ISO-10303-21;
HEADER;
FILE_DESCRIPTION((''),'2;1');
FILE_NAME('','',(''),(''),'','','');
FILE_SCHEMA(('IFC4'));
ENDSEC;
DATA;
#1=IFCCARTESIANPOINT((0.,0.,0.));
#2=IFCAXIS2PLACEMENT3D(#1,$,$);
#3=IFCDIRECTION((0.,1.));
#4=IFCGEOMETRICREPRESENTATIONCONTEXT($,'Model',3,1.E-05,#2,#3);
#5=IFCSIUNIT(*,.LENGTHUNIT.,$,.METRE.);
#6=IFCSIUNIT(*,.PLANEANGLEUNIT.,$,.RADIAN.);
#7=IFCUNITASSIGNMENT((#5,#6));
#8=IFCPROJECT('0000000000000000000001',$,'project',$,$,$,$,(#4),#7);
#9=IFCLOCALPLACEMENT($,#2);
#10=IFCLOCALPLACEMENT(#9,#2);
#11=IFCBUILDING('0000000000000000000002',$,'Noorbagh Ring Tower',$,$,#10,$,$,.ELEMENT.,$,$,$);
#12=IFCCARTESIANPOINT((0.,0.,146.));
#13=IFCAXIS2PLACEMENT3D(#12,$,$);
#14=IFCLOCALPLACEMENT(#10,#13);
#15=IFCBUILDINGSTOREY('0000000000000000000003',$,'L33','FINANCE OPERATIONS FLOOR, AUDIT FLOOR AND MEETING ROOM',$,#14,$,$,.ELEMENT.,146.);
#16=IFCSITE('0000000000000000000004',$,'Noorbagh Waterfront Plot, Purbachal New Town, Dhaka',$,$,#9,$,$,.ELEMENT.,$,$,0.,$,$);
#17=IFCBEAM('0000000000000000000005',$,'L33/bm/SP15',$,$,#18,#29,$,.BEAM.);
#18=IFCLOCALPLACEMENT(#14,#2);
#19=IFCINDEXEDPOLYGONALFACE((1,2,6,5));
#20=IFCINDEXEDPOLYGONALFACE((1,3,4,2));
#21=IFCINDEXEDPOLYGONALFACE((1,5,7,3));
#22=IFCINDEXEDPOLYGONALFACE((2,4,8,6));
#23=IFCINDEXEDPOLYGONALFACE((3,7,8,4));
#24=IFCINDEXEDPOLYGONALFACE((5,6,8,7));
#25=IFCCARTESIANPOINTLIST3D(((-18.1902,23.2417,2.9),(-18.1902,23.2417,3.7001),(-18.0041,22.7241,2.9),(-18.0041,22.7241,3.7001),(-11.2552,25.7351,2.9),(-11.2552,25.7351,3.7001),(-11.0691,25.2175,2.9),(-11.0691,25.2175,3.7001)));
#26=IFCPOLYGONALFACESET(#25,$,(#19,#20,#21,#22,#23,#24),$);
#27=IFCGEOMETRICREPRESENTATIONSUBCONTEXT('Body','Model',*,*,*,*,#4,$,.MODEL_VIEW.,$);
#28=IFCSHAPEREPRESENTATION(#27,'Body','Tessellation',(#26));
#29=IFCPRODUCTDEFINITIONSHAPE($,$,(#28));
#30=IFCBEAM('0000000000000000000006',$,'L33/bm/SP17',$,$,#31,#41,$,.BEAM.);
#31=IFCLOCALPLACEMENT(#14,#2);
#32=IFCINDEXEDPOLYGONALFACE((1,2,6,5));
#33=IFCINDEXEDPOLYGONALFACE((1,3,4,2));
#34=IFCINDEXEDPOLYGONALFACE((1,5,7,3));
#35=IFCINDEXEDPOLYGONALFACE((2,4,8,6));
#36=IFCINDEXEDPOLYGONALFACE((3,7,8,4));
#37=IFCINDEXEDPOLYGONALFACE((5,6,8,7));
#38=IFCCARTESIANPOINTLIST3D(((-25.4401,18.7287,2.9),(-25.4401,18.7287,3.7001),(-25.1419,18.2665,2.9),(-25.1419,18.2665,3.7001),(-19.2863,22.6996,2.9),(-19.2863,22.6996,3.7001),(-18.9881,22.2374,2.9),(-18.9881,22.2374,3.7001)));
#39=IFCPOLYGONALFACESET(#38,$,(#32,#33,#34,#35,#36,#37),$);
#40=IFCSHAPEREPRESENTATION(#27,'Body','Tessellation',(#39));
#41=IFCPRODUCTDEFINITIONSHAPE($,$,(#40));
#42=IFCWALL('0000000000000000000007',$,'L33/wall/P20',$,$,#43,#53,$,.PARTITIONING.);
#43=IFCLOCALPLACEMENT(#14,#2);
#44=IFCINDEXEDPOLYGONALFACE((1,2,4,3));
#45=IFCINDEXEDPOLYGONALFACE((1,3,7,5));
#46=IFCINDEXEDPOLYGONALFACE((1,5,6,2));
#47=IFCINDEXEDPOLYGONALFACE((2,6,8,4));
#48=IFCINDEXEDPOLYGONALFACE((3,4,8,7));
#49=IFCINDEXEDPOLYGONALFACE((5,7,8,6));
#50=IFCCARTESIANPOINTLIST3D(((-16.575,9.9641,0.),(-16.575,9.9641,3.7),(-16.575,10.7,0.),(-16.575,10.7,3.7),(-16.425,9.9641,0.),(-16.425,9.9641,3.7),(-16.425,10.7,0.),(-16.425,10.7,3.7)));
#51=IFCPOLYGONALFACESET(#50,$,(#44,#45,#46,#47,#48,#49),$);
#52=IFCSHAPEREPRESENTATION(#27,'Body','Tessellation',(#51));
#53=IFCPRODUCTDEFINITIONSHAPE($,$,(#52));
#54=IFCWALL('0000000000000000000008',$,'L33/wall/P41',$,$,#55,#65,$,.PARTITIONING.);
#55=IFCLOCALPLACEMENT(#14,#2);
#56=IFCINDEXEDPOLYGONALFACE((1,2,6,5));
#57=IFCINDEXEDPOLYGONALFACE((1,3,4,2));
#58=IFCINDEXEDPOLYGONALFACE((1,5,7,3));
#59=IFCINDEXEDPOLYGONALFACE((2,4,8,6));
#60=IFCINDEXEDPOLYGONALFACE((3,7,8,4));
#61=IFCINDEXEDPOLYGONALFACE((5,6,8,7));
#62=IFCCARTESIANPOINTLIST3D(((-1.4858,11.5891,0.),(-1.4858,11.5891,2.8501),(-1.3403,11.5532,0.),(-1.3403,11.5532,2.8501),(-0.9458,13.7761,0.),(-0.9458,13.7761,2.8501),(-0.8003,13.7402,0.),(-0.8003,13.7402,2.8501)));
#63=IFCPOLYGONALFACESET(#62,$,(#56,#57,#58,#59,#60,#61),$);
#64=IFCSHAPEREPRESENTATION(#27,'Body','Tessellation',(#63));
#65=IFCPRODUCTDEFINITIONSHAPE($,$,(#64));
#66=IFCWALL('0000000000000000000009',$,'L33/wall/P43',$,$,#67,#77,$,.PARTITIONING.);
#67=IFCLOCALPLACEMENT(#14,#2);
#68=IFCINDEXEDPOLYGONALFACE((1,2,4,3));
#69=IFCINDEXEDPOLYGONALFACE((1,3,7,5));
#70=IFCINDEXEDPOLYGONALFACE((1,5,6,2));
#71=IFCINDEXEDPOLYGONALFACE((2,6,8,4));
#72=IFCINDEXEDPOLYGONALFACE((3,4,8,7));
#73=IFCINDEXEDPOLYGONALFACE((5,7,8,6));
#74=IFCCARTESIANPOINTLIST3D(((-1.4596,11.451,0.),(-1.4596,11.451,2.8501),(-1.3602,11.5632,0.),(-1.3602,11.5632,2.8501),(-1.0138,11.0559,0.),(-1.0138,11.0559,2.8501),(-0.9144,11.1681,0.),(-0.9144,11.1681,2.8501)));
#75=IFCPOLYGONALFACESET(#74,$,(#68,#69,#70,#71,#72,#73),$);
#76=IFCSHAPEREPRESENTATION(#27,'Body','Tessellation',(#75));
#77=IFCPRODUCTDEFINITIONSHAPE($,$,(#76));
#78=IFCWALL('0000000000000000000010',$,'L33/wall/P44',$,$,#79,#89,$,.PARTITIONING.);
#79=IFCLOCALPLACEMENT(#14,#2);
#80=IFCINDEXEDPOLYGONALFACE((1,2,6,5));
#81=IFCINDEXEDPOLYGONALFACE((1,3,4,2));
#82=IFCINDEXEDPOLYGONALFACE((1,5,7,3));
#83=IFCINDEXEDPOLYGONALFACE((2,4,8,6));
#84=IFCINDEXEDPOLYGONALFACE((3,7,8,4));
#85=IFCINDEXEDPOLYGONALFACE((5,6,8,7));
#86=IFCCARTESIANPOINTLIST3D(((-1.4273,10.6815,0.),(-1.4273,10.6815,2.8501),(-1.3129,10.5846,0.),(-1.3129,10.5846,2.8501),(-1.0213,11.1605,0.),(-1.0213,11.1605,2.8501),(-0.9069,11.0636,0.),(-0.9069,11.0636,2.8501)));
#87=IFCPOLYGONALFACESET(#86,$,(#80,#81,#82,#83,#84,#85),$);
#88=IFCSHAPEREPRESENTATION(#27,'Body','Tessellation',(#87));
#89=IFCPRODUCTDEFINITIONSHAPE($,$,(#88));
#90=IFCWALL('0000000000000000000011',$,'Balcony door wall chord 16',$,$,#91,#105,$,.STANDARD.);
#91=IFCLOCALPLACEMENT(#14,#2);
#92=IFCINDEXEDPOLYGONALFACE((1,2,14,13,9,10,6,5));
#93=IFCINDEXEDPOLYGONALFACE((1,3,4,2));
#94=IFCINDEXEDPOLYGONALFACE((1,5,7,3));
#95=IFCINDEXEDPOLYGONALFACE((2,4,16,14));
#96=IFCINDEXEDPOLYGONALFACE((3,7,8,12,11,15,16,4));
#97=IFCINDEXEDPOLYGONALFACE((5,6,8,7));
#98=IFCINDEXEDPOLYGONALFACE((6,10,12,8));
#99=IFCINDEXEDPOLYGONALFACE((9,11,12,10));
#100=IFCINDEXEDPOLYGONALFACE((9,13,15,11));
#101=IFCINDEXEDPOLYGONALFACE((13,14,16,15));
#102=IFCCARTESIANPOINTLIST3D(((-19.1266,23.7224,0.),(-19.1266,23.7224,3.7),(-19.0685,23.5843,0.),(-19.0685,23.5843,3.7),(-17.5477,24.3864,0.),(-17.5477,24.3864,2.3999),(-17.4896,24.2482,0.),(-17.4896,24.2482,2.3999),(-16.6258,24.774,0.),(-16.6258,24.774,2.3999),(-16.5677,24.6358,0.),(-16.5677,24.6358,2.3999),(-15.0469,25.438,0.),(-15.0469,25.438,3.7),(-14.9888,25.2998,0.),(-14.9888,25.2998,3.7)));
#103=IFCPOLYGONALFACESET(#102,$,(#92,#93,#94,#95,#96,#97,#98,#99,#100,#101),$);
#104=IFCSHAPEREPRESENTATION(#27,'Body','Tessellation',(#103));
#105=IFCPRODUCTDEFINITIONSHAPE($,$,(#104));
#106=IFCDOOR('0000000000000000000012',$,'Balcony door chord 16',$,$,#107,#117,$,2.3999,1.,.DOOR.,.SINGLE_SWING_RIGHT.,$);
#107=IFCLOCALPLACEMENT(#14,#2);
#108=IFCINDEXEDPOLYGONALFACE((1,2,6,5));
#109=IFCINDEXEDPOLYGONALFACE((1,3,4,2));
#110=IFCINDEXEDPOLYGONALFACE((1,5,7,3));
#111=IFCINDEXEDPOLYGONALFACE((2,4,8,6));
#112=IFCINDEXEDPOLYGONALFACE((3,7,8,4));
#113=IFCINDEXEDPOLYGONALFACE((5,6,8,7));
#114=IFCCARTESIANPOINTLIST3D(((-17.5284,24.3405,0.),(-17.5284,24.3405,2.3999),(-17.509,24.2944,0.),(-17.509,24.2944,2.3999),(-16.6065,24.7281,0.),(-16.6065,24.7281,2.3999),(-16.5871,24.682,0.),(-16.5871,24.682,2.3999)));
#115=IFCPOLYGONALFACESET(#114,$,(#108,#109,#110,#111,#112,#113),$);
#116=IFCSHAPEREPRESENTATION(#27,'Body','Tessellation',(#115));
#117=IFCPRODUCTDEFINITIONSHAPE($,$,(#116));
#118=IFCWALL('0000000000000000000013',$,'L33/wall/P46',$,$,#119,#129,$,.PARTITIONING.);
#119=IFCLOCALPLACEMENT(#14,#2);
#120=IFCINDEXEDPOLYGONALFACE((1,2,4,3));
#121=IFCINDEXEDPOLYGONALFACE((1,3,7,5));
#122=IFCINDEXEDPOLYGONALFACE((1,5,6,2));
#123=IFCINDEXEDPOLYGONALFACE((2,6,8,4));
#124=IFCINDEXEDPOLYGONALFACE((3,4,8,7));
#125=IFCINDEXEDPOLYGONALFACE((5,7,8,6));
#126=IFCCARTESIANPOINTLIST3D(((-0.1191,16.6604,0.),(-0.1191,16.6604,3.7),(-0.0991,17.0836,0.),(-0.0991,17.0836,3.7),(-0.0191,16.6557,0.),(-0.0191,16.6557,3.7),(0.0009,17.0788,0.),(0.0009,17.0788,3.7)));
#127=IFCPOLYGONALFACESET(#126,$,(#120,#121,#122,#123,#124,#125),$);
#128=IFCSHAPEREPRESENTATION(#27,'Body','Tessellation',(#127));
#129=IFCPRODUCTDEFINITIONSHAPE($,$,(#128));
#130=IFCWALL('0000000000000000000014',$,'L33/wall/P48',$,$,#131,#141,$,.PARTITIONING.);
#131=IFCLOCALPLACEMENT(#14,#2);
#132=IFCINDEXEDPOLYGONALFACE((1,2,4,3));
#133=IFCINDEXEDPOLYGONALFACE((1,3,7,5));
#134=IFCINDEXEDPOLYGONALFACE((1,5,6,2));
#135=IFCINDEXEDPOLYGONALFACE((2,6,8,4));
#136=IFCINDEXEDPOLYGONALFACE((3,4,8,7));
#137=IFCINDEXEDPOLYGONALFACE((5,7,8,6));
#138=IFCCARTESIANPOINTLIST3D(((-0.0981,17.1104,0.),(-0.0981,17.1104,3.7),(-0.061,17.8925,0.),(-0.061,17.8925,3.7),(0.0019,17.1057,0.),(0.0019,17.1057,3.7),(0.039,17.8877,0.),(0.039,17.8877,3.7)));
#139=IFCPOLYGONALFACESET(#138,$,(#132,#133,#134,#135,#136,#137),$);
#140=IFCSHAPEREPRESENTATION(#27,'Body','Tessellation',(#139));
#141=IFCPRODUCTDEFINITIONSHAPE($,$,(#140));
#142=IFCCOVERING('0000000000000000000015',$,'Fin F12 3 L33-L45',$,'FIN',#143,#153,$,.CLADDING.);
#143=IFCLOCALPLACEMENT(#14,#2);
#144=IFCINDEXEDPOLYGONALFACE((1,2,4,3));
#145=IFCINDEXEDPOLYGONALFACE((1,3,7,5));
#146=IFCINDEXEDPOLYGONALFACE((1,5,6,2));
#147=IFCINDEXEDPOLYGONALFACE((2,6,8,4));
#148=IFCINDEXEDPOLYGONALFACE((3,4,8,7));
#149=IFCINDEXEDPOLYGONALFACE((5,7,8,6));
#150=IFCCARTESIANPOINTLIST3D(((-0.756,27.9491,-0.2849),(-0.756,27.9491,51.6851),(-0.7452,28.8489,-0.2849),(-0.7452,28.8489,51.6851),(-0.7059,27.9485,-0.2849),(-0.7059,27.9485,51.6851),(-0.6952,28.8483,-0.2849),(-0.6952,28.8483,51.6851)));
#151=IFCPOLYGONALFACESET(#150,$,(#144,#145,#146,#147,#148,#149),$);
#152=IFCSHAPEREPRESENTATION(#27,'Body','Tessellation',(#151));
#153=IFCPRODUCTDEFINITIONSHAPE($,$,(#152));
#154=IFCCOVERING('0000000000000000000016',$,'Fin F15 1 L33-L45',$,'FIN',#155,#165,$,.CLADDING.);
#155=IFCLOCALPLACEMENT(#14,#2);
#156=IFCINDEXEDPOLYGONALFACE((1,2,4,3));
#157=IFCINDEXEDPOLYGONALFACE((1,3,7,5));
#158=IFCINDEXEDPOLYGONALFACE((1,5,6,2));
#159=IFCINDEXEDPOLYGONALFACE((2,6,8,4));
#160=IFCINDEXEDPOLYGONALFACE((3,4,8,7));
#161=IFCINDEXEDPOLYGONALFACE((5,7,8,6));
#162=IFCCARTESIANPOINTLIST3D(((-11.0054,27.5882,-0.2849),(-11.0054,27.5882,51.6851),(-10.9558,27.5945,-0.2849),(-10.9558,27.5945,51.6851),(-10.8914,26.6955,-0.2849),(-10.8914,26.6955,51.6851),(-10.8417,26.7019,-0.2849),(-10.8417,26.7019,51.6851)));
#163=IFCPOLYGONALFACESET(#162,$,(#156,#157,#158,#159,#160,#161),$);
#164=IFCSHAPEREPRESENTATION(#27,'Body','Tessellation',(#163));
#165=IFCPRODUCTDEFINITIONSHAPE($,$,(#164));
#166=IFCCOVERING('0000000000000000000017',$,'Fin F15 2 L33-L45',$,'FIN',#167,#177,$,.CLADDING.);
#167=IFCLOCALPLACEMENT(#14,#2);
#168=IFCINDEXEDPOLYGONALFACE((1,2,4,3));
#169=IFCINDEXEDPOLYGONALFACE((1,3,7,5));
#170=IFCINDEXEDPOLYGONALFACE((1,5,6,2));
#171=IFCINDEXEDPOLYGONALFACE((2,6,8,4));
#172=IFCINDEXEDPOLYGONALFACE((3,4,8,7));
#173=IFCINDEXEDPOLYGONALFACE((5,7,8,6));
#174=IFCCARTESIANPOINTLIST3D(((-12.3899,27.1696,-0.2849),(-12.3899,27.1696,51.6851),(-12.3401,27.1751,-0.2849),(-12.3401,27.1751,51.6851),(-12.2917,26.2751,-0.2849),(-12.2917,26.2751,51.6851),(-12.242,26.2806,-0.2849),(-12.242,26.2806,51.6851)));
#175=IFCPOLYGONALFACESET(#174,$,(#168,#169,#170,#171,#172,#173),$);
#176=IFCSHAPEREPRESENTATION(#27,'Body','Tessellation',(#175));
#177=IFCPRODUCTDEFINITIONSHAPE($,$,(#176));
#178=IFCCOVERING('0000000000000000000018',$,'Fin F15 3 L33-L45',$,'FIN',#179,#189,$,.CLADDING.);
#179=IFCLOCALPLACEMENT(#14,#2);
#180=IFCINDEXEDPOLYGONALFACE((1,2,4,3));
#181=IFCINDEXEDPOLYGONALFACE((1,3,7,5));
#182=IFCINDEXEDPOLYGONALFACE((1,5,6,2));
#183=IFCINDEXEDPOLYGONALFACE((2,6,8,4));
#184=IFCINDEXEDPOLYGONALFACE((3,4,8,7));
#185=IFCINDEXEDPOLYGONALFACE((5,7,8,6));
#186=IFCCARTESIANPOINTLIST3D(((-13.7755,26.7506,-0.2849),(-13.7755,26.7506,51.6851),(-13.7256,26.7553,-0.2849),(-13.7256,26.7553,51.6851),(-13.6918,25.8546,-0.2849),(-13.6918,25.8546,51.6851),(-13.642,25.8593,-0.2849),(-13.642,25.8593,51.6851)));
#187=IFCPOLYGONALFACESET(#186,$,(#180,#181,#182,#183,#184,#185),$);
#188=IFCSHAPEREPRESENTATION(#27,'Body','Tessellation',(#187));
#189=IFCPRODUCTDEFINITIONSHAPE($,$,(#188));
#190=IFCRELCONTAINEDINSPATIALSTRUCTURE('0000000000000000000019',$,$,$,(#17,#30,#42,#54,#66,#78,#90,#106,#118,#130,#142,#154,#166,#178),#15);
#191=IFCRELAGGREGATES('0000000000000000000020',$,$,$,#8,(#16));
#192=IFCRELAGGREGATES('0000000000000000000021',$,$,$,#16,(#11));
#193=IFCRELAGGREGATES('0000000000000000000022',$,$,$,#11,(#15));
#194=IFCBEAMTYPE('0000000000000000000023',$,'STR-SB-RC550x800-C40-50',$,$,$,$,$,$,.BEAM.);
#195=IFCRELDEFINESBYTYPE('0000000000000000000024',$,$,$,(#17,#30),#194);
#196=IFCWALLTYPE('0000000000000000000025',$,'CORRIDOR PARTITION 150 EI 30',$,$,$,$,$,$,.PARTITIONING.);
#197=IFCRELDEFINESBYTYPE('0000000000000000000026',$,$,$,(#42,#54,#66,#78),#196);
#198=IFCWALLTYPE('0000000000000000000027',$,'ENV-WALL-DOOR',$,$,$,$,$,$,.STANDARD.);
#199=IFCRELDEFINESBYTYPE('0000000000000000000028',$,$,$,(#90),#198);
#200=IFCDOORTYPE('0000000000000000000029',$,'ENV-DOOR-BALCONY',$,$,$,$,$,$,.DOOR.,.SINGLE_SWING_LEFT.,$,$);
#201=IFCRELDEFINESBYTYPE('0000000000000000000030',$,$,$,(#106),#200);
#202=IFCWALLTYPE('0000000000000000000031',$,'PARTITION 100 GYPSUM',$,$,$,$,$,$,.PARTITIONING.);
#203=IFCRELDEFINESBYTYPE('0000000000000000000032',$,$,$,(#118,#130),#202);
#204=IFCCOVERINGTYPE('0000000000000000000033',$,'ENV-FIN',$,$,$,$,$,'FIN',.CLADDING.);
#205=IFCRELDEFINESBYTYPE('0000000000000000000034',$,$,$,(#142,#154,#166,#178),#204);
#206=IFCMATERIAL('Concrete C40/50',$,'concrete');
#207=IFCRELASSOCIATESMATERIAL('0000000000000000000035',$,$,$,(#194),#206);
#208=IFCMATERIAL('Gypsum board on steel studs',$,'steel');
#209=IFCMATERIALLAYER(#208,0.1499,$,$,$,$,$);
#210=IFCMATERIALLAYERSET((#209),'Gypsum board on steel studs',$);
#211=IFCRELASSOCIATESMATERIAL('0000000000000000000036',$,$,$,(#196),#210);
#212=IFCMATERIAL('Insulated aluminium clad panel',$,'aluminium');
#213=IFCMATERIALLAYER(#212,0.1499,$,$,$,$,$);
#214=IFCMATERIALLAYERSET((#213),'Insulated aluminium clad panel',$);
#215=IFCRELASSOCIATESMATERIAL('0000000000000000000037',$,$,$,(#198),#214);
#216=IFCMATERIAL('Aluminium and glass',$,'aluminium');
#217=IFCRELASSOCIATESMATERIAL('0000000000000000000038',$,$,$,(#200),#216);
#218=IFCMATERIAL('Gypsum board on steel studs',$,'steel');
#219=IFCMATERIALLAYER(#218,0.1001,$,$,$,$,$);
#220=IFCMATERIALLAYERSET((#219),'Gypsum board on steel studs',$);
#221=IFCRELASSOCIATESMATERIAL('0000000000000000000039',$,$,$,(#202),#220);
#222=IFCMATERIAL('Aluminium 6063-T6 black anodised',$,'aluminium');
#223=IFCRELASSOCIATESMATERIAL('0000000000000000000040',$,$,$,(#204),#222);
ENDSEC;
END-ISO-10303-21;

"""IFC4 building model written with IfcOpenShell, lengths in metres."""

from ifc_helpers import new_model, si_unit, direction, frame, frame_2d, origin, origin_2d, place, context, subcontext, project, spatial, rectangle, extrude, material, layer, layer_set, material_profile, profile_set, type_object, element, fill, save


model = new_model("IFC4")

# Units and contexts
model_context = context("Model", 3, precision=1e-05, world=origin(), true_north=direction((0.0, 1.0)))
body_context = subcontext(model_context, "Body", "Model", "MODEL_VIEW")
ifc_project = project(units=[si_unit("LENGTHUNIT", "METRE"), si_unit("PLANEANGLEUNIT", "RADIAN")], contexts=[model_context])

# Site, building, storey
site_placement = place(None, origin())
site = spatial("IfcSite", under=ifc_project, at=site_placement, Name="Noorbagh Waterfront Plot, Purbachal New Town, Dhaka", CompositionType="ELEMENT", RefElevation=0.0)
building_placement = place(site_placement, origin())
building = spatial("IfcBuilding", under=site, at=building_placement, Name="Noorbagh Ring Tower", CompositionType="ELEMENT")
storey_placement = place(building_placement, frame((0.0, 0.0, 146.0)))
storey = spatial("IfcBuildingStorey", under=building, at=storey_placement, Name="L33", Description="FINANCE OPERATIONS FLOOR, AUDIT FLOOR AND MEETING ROOM", CompositionType="ELEMENT", Elevation=146.0)

# Beams
ifc_material_1 = material(Name="Concrete C40/50", Category="concrete")
ifc_material_profile_1 = material_profile(ifc_material_1, rectangle(XDim=0.55, YDim=0.8, at=origin_2d()), Name="RC550x800")
ifc_profile_set_1 = profile_set([ifc_material_profile_1], Name="Concrete C40/50")
beam_type_1 = type_object("IfcBeamType", Name="STR-SB-RC550x800-C40-50", PredefinedType="BEAM", material=ifc_profile_set_1)
beam_1_placement = place(storey_placement, frame((-11.1621, 25.4763, 3.3), z_axis=(-0.941026, -0.338333, 0.0), x_axis=(0.338333, -0.941026, 0.0)))
element("IfcBeam", 1, at=beam_1_placement, inside=storey, type_object=beam_type_1, Name="L33/bm/SP15", PredefinedType="BEAM", context=body_context, shape_type="SweptSolid", body=[
    extrude(rectangle(XDim=0.55, YDim=0.8, at=origin_2d()), origin(), (0.0, 0.0, 1.0), 7.3696),
])
beam_2_placement = place(storey_placement, frame((-19.1372, 22.4685, 3.3), z_axis=(-0.84025, -0.542199, 0.0), x_axis=(0.542199, -0.84025, 0.0)))
element("IfcBeam", 2, at=beam_2_placement, inside=storey, type_object=beam_type_1, Name="L33/bm/SP17", PredefinedType="BEAM", context=body_context, shape_type="SweptSolid", body=[
    extrude(rectangle(XDim=0.55, YDim=0.8, at=origin_2d()), origin(), (0.0, 0.0, 1.0), 7.3237),
])

# Walls
ifc_material_2 = material(Name="Gypsum board on steel studs", Category="steel")
ifc_layer_1 = layer(ifc_material_2, 0.1499)
ifc_layer_set_1 = layer_set([ifc_layer_1], Name="Gypsum board on steel studs")
wall_type_1 = type_object("IfcWallType", Name="CORRIDOR PARTITION 150 EI 30", PredefinedType="PARTITIONING", material=ifc_layer_set_1)
wall_1_placement = place(storey_placement, frame((-16.5, 9.9641, 0.0), z_axis=(0.0, 0.0, 1.0), x_axis=(0.0, 1.0, 0.0)))
element("IfcWall", 3, at=wall_1_placement, inside=storey, type_object=wall_type_1, Name="L33/wall/P20", PredefinedType="PARTITIONING", context=body_context, shape_type="SweptSolid", body=[
    extrude(rectangle(XDim=0.7358, YDim=0.1499, at=frame_2d((0.3679, 0.0))), origin(), (0.0, 0.0, 1.0), 3.7),
])
wall_2_placement = place(storey_placement, frame((-1.4131, 11.571, 0.0), z_axis=(0.0, 0.0, 1.0), x_axis=(0.23973, 0.97084, 0.0)))
element("IfcWall", 4, at=wall_2_placement, inside=storey, type_object=wall_type_1, Name="L33/wall/P41", PredefinedType="PARTITIONING", context=body_context, shape_type="SweptSolid", body=[
    extrude(rectangle(XDim=2.2527, YDim=0.1499, at=frame_2d((1.1265, 0.0))), origin(), (0.0, 0.0, 1.0), 2.8501),
])
wall_3_placement = place(storey_placement, frame((-1.4099, 11.5071, 0.0), z_axis=(0.0, 0.0, 1.0), x_axis=(0.748449, -0.663193, 0.0)))
element("IfcWall", 5, at=wall_3_placement, inside=storey, type_object=wall_type_1, Name="L33/wall/P43", PredefinedType="PARTITIONING", context=body_context, shape_type="SweptSolid", body=[
    extrude(rectangle(XDim=0.5957, YDim=0.1499, at=frame_2d((0.2979, 0.0))), origin(), (0.0, 0.0, 1.0), 2.8501),
])
wall_4_placement = place(storey_placement, frame((-1.3701, 10.6331, 0.0), z_axis=(0.0, 0.0, 1.0), x_axis=(0.646587, 0.76284, 0.0)))
element("IfcWall", 6, at=wall_4_placement, inside=storey, type_object=wall_type_1, Name="L33/wall/P44", PredefinedType="PARTITIONING", context=body_context, shape_type="SweptSolid", body=[
    extrude(rectangle(XDim=0.6279, YDim=0.1499, at=frame_2d((0.314, 0.0))), origin(), (0.0, 0.0, 1.0), 2.8501),
])

# Wall, opening, door
ifc_material_3 = material(Name="Insulated aluminium clad panel", Category="aluminium")
ifc_layer_2 = layer(ifc_material_3, 0.1499)
ifc_layer_set_2 = layer_set([ifc_layer_2], Name="Insulated aluminium clad panel")
wall_type_2 = type_object("IfcWallType", Name="ENV-WALL-DOOR", PredefinedType="STANDARD", material=ifc_layer_set_2)
wall_5_placement = place(storey_placement, frame((-15.0178, 25.3689, 0.0), z_axis=(0.0, 0.0, 1.0), x_axis=(-0.921817, -0.387625, 0.0)))
wall_5 = element("IfcWall", 7, at=wall_5_placement, inside=storey, type_object=wall_type_2, Name="Balcony door wall chord 16", PredefinedType="STANDARD", context=body_context, shape_type="SweptSolid", body=[
    extrude(rectangle(XDim=4.4258, YDim=0.1499, at=frame_2d((2.2129, 0.0))), origin(), (0.0, 0.0, 1.0), 3.7),
])
opening_placement = place(wall_5_placement, frame((1.7129, 0.0, 0.0)))
opening = element("IfcOpeningElement", 8, at=opening_placement, cuts=wall_5, PredefinedType="OPENING", context=body_context, shape_type="SweptSolid", body=[
    extrude(rectangle(XDim=1.0, YDim=2.3999, at=frame_2d((0.5, 1.2))), frame((0.0, 0.085, 0.0), z_axis=(0.0, -1.0, 0.0), x_axis=(1.0, 0.0, 0.0)), (0.0, 0.0, 1.0), 0.1699),
])
ifc_material_4 = material(Name="Aluminium and glass", Category="aluminium")
door_type = type_object("IfcDoorType", Name="ENV-DOOR-BALCONY", OperationType="SINGLE_SWING_LEFT", PredefinedType="DOOR", material=ifc_material_4)
door_placement = place(opening_placement, origin())
door = element("IfcDoor", 9, at=door_placement, inside=storey, type_object=door_type, Name="Balcony door chord 16", OperationType="SINGLE_SWING_RIGHT", OverallHeight=2.3999, OverallWidth=1.0, PredefinedType="DOOR", context=body_context, shape_type="SweptSolid", body=[
    extrude(rectangle(XDim=1.0, YDim=2.3999, at=frame_2d((0.5, 1.2))), frame((0.0, 0.0249, 0.0), z_axis=(0.0, -1.0, 0.0), x_axis=(1.0, 0.0, 0.0)), (0.0, 0.0, 1.0), 0.05),
])
fill(opening, door)

# Walls
ifc_material_5 = material(Name="Gypsum board on steel studs", Category="steel")
ifc_layer_3 = layer(ifc_material_5, 0.1001)
ifc_layer_set_3 = layer_set([ifc_layer_3], Name="Gypsum board on steel studs")
wall_type_3 = type_object("IfcWallType", Name="PARTITION 100 GYPSUM", PredefinedType="PARTITIONING", material=ifc_layer_set_3)
wall_6_placement = place(storey_placement, frame((-0.0691, 16.658, 0.0), z_axis=(0.0, 0.0, 1.0), x_axis=(0.047264, 0.998882, 0.0)))
element("IfcWall", 10, at=wall_6_placement, inside=storey, type_object=wall_type_3, Name="L33/wall/P46", PredefinedType="PARTITIONING", context=body_context, shape_type="SweptSolid", body=[
    extrude(rectangle(XDim=0.4236, YDim=0.1001, at=frame_2d((0.2119, 0.0))), origin(), (0.0, 0.0, 1.0), 3.7),
])
wall_7_placement = place(storey_placement, frame((-0.0481, 17.1079, 0.0), z_axis=(0.0, 0.0, 1.0), x_axis=(0.047402, 0.998876, 0.0)))
element("IfcWall", 11, at=wall_7_placement, inside=storey, type_object=wall_type_3, Name="L33/wall/P48", PredefinedType="PARTITIONING", context=body_context, shape_type="SweptSolid", body=[
    extrude(rectangle(XDim=0.783, YDim=0.1001, at=frame_2d((0.3916, 0.0))), origin(), (0.0, 0.0, 1.0), 3.7),
])

# Coverings
ifc_material_6 = material(Name="Aluminium 6063-T6 black anodised", Category="aluminium")
ifc_material_profile_2 = material_profile(ifc_material_6, rectangle(XDim=0.8999, YDim=0.05, at=origin_2d()), Name="900x50")
ifc_profile_set_2 = profile_set([ifc_material_profile_2], Name="Aluminium 6063-T6 black anodised")
covering_type = type_object("IfcCoveringType", Name="ENV-FIN", ElementType="FIN", PredefinedType="CLADDING", material=ifc_profile_set_2)
for number, where, z_axis, x_axis, name in (
    (12, (-0.7256, 28.3987, -0.2849), (0.0, 0.0, 1.0), (0.011915, 0.999929, 0.0), "Fin F12 3 L33-L45"),
    (13, (-10.9236, 27.145, -0.2849), (0.0, 0.0, 1.0), (-0.126759, 0.991933, 0.0), "Fin F15 1 L33-L45"),
    (14, (-12.3159, 26.7251, -0.2849), (0.0, 0.0, 1.0), (-0.109101, 0.994031, 0.0), "Fin F15 2 L33-L45"),
    (15, (-13.7087, 26.3049, -0.2849), (0.0, 0.0, 1.0), (-0.092918, 0.995674, 0.0), "Fin F15 3 L33-L45"),
):
    element("IfcCovering", number, at=place(storey_placement, frame(where, z_axis=z_axis, x_axis=x_axis)), inside=storey, type_object=covering_type, Name=name, ObjectType="FIN", PredefinedType="CLADDING", context=body_context, shape_type="SweptSolid", body=[
        extrude(rectangle(XDim=0.8999, YDim=0.05, at=origin_2d()), origin(), (0.0, 0.0, 1.0), 51.97),
    ])

save(model, "model.ifc")
